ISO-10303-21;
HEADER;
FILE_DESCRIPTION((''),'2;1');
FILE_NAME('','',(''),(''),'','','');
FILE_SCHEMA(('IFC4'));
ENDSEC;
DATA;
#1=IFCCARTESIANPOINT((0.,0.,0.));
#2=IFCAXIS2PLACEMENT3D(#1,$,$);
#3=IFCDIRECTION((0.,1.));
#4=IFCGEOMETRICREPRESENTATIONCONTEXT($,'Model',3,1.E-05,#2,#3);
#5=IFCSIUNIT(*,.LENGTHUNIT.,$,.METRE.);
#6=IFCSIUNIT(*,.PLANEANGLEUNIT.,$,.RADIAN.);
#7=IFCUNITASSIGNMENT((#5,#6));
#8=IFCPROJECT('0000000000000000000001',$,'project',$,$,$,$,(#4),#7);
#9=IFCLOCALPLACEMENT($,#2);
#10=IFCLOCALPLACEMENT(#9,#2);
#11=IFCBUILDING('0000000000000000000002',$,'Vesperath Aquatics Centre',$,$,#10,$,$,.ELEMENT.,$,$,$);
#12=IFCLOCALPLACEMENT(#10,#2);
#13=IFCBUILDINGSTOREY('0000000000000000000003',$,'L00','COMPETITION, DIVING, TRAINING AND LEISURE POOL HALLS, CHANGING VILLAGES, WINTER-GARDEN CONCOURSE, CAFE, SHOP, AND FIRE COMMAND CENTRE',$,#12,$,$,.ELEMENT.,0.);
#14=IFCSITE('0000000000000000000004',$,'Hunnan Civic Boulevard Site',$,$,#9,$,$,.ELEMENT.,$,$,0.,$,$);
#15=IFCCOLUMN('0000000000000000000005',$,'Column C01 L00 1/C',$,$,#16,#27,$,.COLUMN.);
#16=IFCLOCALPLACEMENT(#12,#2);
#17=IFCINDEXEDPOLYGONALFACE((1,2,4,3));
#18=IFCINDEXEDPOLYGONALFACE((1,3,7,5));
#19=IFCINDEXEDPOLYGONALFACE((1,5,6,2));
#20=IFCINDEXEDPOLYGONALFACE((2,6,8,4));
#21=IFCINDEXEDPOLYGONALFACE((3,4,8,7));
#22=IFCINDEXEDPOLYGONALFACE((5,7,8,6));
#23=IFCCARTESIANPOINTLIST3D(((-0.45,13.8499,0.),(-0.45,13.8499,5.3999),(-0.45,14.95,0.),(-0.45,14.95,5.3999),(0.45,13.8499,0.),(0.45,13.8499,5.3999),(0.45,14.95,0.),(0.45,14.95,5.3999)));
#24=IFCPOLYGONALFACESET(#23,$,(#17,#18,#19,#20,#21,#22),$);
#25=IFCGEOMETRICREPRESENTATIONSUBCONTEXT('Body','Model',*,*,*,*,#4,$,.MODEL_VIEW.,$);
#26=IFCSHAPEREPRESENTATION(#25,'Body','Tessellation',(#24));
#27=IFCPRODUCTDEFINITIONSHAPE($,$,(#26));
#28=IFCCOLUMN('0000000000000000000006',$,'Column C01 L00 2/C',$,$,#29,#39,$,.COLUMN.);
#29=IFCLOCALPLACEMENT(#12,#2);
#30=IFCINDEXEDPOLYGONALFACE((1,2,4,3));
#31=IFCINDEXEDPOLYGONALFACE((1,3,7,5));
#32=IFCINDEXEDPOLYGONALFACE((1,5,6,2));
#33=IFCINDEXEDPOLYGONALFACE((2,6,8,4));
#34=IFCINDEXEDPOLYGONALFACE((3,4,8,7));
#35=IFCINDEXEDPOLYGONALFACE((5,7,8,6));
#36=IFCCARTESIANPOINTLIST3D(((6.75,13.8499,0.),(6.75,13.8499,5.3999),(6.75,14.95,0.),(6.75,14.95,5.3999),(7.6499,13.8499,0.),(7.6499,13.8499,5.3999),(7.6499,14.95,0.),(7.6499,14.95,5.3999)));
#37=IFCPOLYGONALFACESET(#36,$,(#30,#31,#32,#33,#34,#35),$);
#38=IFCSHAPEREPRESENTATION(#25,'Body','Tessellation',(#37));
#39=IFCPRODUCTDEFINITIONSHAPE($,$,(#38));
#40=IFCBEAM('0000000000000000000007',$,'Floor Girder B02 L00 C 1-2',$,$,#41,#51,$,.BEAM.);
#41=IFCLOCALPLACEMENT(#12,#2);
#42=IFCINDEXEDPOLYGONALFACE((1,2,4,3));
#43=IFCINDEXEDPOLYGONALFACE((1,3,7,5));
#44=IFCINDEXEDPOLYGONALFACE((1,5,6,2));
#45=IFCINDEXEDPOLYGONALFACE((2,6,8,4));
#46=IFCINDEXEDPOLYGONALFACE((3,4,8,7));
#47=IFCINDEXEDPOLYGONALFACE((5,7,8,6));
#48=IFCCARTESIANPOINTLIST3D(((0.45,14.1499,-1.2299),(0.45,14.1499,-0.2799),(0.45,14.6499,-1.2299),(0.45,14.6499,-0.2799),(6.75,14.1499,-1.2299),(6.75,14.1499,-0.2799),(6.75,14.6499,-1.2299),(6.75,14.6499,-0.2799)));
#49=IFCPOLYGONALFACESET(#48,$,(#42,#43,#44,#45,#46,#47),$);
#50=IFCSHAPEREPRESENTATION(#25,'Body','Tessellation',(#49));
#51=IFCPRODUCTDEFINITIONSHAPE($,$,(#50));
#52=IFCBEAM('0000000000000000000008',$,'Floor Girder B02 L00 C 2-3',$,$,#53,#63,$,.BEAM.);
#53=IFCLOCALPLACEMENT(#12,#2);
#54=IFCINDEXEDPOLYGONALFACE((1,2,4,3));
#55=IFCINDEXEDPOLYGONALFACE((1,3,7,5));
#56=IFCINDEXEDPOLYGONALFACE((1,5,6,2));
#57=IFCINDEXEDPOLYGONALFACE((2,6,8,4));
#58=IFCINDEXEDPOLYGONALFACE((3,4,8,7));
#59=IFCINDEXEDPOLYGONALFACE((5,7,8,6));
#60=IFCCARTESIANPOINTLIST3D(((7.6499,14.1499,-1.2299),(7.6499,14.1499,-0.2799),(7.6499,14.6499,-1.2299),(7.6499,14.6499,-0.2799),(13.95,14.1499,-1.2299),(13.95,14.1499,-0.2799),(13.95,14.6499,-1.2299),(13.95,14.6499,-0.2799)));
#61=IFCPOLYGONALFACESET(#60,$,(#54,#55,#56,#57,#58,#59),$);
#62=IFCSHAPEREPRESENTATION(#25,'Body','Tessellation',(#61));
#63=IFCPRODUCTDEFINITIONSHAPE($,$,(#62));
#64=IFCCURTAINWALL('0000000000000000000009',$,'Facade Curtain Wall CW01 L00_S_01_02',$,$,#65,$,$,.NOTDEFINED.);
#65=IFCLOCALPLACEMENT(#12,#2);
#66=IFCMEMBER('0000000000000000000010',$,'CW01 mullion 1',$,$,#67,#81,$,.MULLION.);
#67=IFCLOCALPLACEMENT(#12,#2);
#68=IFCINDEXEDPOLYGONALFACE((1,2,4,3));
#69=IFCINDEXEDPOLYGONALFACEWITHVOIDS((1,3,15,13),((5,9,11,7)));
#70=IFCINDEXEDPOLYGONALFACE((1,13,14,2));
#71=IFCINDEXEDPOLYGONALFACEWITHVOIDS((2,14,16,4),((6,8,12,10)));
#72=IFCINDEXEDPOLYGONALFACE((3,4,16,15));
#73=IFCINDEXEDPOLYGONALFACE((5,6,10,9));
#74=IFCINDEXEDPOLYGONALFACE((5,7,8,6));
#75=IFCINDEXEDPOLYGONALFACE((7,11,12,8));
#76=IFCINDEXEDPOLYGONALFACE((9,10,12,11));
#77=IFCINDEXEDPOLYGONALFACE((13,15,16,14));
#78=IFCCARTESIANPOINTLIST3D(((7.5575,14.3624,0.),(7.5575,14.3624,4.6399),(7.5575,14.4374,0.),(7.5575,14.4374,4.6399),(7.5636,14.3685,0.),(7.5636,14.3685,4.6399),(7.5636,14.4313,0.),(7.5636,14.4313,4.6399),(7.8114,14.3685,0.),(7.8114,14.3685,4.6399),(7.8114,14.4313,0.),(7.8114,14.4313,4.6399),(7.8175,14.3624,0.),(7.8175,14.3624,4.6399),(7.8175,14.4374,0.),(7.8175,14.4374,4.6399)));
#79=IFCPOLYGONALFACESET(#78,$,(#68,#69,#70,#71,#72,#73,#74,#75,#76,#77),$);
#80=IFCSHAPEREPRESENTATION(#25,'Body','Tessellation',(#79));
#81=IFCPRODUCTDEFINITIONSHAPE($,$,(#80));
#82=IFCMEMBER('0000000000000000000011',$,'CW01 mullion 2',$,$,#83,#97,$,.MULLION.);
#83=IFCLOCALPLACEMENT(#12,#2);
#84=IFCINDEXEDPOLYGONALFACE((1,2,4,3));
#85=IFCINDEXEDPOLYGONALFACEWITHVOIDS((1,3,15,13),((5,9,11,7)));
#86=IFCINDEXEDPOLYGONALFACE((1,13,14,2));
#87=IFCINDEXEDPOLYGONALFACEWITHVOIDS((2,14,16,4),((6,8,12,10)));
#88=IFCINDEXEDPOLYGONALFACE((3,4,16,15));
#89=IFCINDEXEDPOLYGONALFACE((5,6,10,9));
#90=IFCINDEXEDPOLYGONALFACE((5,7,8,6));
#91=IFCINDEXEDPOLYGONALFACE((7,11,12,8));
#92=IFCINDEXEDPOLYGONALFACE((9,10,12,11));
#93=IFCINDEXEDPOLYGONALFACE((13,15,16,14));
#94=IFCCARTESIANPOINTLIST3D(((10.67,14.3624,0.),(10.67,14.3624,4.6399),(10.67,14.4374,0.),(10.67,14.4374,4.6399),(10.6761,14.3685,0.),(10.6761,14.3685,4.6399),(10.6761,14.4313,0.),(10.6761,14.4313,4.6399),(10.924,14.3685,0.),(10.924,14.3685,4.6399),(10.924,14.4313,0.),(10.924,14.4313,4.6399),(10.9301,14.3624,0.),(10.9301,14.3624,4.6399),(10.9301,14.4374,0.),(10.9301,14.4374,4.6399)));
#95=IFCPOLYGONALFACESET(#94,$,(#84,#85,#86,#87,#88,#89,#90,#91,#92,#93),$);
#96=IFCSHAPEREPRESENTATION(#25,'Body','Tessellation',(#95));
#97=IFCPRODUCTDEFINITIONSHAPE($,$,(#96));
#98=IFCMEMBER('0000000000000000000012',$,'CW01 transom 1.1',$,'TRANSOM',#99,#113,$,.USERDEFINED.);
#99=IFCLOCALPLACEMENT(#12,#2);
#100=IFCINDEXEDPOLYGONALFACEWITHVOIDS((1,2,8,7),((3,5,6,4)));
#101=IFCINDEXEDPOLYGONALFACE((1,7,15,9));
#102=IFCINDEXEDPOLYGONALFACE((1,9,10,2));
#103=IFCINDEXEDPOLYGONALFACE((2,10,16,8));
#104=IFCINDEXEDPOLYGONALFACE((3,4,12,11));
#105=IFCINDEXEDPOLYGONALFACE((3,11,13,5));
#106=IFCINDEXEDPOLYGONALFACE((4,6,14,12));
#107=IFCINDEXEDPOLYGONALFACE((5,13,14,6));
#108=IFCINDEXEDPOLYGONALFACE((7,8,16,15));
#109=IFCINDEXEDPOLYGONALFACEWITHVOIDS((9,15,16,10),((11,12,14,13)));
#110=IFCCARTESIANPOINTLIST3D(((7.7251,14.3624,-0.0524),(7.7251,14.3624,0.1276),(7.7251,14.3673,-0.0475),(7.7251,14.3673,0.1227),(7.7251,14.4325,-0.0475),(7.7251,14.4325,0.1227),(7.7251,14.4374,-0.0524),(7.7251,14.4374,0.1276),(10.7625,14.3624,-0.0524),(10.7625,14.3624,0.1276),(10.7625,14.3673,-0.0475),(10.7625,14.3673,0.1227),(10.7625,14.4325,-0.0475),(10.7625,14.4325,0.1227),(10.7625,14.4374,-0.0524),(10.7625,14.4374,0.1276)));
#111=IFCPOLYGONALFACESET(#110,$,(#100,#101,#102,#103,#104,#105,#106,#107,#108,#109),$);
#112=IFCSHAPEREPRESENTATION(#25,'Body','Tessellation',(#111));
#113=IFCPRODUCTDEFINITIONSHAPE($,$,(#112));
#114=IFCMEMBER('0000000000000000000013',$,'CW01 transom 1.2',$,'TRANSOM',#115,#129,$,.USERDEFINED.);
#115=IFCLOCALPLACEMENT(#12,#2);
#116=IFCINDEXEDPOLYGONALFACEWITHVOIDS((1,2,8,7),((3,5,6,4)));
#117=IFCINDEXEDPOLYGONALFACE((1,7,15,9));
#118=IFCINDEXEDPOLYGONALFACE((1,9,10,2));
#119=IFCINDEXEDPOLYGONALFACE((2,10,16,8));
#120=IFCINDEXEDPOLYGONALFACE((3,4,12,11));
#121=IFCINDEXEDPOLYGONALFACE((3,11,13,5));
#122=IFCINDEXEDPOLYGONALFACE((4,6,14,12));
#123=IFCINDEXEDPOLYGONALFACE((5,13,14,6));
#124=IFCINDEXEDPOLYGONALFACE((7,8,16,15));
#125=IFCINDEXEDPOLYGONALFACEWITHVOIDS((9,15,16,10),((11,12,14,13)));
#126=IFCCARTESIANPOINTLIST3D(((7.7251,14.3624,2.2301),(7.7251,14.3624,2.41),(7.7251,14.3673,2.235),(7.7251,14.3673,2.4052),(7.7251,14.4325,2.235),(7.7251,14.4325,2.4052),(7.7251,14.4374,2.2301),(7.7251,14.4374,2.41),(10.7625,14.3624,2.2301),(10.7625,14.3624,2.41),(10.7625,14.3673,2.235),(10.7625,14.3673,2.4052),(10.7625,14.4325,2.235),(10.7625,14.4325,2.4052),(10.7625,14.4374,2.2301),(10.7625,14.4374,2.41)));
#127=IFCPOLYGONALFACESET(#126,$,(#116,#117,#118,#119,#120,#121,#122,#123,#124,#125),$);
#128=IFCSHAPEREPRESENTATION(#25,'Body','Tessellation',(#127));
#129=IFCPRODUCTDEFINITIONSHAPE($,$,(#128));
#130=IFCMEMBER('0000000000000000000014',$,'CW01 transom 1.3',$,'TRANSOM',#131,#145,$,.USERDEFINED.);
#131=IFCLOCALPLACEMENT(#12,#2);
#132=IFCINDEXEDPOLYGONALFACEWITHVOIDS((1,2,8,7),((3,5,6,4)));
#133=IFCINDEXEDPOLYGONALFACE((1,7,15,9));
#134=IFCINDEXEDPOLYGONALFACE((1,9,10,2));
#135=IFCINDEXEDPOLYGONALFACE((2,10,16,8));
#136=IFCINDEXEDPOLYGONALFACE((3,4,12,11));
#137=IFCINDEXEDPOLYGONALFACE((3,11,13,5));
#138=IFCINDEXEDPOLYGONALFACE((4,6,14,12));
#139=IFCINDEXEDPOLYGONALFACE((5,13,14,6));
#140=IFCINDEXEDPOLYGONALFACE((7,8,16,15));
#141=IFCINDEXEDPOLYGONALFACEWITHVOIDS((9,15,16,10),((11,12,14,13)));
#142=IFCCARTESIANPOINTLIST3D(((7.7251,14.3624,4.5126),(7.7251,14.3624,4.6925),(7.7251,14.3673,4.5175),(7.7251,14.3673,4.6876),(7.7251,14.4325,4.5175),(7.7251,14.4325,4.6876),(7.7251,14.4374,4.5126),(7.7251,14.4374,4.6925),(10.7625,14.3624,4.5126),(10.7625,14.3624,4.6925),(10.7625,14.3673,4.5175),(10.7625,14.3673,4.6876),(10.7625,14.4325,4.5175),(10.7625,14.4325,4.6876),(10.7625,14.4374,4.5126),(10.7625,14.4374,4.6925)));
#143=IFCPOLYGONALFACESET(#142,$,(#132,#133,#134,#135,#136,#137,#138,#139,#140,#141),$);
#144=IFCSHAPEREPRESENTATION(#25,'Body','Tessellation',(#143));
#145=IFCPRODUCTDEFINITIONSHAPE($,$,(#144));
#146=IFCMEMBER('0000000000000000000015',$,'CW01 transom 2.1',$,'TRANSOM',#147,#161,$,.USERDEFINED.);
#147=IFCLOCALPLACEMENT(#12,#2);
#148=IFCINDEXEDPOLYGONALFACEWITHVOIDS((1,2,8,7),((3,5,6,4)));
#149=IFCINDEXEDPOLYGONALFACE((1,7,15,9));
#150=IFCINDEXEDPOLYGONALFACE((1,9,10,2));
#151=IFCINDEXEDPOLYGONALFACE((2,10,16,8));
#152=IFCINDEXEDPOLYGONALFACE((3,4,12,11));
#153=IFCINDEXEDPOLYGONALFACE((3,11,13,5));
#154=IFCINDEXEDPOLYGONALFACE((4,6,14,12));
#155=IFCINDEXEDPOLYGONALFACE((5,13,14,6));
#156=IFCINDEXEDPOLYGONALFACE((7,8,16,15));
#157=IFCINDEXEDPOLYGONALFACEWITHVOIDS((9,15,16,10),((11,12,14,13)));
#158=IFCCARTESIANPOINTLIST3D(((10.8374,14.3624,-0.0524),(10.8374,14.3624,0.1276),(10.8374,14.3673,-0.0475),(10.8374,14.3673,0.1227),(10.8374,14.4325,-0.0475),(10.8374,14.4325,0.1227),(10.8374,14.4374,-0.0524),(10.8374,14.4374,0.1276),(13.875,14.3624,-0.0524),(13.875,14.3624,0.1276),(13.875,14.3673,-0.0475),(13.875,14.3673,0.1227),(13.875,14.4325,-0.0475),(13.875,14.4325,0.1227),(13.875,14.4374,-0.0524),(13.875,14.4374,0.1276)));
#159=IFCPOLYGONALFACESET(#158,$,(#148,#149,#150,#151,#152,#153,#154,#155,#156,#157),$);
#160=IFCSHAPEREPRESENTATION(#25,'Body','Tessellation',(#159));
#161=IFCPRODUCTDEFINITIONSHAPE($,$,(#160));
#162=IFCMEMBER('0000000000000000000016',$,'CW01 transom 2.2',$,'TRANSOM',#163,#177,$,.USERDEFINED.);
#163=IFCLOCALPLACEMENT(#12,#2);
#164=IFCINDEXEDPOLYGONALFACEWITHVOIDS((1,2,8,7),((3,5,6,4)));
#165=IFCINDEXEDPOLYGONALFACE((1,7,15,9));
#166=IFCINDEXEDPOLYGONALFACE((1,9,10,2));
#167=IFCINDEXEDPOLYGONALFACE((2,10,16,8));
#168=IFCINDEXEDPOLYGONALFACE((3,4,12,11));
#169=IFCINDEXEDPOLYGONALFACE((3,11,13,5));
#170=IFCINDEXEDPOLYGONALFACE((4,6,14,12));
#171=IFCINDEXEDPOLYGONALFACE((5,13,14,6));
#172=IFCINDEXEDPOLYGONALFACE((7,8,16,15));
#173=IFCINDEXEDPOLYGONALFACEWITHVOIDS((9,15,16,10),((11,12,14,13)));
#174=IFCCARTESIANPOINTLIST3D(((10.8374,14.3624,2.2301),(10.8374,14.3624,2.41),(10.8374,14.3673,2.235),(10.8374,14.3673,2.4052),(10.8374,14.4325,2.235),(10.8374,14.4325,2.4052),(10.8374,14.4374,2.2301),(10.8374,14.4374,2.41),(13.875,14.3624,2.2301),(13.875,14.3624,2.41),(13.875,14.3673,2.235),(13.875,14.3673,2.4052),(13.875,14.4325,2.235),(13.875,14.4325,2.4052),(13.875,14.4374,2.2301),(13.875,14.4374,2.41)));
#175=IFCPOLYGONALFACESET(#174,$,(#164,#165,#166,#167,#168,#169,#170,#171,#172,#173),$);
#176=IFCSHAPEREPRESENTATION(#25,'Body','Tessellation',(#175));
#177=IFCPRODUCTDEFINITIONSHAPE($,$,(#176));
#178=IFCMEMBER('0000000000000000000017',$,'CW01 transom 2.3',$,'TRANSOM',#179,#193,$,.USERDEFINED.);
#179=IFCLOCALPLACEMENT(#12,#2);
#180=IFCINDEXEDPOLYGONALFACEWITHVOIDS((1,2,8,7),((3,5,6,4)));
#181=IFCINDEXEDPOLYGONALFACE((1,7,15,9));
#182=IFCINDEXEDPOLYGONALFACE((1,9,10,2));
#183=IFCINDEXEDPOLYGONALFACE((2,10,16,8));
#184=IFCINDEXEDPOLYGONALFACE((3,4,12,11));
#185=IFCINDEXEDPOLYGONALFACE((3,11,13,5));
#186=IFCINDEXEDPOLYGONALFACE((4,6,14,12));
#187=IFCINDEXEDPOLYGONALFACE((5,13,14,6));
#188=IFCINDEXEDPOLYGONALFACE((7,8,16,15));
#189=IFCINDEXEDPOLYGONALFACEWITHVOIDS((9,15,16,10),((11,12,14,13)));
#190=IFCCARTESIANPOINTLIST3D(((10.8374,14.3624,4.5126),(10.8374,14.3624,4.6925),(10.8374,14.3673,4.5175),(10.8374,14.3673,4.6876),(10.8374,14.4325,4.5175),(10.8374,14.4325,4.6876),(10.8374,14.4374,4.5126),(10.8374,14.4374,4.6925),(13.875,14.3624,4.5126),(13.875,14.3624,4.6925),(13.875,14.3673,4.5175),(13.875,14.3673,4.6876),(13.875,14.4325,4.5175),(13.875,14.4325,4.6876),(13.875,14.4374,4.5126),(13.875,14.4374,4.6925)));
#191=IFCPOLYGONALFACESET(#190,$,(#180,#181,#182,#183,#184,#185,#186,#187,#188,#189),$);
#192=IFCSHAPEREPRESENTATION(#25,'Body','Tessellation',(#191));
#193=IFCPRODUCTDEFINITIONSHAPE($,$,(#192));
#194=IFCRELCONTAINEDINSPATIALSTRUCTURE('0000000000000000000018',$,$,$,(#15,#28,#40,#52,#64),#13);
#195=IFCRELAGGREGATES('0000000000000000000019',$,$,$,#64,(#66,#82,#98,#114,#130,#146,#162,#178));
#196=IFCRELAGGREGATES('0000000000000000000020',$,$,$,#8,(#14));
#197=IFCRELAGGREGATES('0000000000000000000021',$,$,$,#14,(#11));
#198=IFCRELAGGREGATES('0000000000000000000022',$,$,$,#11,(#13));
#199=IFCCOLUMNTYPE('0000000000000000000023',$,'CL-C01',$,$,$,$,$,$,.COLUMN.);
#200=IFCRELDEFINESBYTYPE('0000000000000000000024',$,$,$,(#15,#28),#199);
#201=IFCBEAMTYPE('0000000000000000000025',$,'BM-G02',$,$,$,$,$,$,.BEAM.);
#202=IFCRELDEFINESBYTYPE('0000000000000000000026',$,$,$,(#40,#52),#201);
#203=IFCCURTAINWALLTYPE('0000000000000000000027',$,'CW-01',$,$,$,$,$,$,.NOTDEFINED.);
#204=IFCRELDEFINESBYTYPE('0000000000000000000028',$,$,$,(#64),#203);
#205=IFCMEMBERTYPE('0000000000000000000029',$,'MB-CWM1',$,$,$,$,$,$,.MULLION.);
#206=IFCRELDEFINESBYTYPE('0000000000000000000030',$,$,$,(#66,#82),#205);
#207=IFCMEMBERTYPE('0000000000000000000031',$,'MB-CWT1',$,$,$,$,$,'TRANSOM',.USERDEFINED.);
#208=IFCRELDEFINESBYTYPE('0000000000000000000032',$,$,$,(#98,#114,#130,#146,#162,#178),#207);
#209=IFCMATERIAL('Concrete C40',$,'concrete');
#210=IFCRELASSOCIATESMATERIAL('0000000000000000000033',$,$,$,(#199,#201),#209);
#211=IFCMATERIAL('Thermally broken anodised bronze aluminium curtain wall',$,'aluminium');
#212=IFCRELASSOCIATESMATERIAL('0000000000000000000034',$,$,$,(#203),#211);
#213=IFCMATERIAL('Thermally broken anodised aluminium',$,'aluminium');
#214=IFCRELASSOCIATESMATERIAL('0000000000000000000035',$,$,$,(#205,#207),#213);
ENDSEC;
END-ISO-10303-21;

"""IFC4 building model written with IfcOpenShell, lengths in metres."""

from ifc_helpers import new_model, si_unit, direction, frame, origin, origin_2d, place, context, subcontext, project, spatial, rectangle, hollow_rectangle, extrude, material, material_profile, profile_set, type_object, element, aggregate, save


model = new_model("IFC4")

# Units and contexts
model_context = context("Model", 3, precision=1e-05, world=origin(), true_north=direction((0.0, 1.0)))
body_context = subcontext(model_context, "Body", "Model", "MODEL_VIEW")
ifc_project = project(units=[si_unit("LENGTHUNIT", "METRE"), si_unit("PLANEANGLEUNIT", "RADIAN")], contexts=[model_context])

# Site, building, storey
site_placement = place(None, origin())
site = spatial("IfcSite", under=ifc_project, at=site_placement, Name="Hunnan Civic Boulevard Site", CompositionType="ELEMENT", RefElevation=0.0)
building_placement = place(site_placement, origin())
building = spatial("IfcBuilding", under=site, at=building_placement, Name="Vesperath Aquatics Centre", CompositionType="ELEMENT")
storey_placement = place(building_placement, origin())
storey = spatial("IfcBuildingStorey", under=building, at=storey_placement, Name="L00", Description="COMPETITION, DIVING, TRAINING AND LEISURE POOL HALLS, CHANGING VILLAGES, WINTER-GARDEN CONCOURSE, CAFE, SHOP, AND FIRE COMMAND CENTRE", CompositionType="ELEMENT", Elevation=0.0)

# Columns
ifc_material_1 = material(Name="Concrete C40", Category="concrete")
ifc_material_profile_1 = material_profile(ifc_material_1, rectangle(XDim=0.8999, YDim=1.1001, at=origin_2d()), Name="RC 1100x900")
ifc_profile_set_1 = profile_set([ifc_material_profile_1], Name="Concrete C40")
column_type = type_object("IfcColumnType", Name="CL-C01", PredefinedType="COLUMN", material=ifc_profile_set_1)
for number, where, z_axis, x_axis, name in (
    (1, (0.0, 14.3999, 0.0), (0.0, 0.0, 1.0), (1.0, 0.0, 0.0), "Column C01 L00 1/C"),
    (2, (7.2, 14.3999, 0.0), (0.0, 0.0, 1.0), (1.0, 0.0, 0.0), "Column C01 L00 2/C"),
):
    element("IfcColumn", number, at=place(storey_placement, frame(where, z_axis=z_axis, x_axis=x_axis)), inside=storey, type_object=column_type, Name=name, PredefinedType="COLUMN", context=body_context, shape_type="SweptSolid", body=[
        extrude(rectangle(XDim=0.8999, YDim=1.1001, at=origin_2d()), origin(), (0.0, 0.0, 1.0), 5.3999),
    ])

# Beams
ifc_material_profile_2 = material_profile(ifc_material_1, rectangle(XDim=0.5, YDim=0.95, at=origin_2d()), Name="RC 500x950")
ifc_profile_set_2 = profile_set([ifc_material_profile_2], Name="Concrete C40")
beam_type = type_object("IfcBeamType", Name="BM-G02", PredefinedType="BEAM", material=ifc_profile_set_2)
for number, where, z_axis, x_axis, name in (
    (3, (0.45, 14.3999, -0.7549), (1.0, 0.0, 0.0), (0.0, 1.0, 0.0), "Floor Girder B02 L00 C 1-2"),
    (4, (7.6499, 14.3999, -0.7549), (1.0, 0.0, 0.0), (0.0, 1.0, 0.0), "Floor Girder B02 L00 C 2-3"),
):
    element("IfcBeam", number, at=place(storey_placement, frame(where, z_axis=z_axis, x_axis=x_axis)), inside=storey, type_object=beam_type, Name=name, PredefinedType="BEAM", context=body_context, shape_type="SweptSolid", body=[
        extrude(rectangle(XDim=0.5, YDim=0.95, at=origin_2d()), origin(), (0.0, 0.0, 1.0), 6.3),
    ])

# Curtain wall, members
ifc_material_2 = material(Name="Thermally broken anodised bronze aluminium curtain wall", Category="aluminium")
curtain_wall_type = type_object("IfcCurtainWallType", Name="CW-01", PredefinedType="NOTDEFINED", material=ifc_material_2)
curtain_wall_placement = place(storey_placement, origin())
curtain_wall = element("IfcCurtainWall", 5, at=curtain_wall_placement, inside=storey, type_object=curtain_wall_type, Name="Facade Curtain Wall CW01 L00_S_01_02", PredefinedType="NOTDEFINED")
ifc_material_3 = material(Name="Thermally broken anodised aluminium", Category="aluminium")
ifc_material_profile_3 = material_profile(ifc_material_3, hollow_rectangle(XDim=0.075, YDim=0.26, WallThickness=0.0061, at=origin_2d()), Name="CWM 75x260x6")
ifc_profile_set_3 = profile_set([ifc_material_profile_3], Name="Thermally broken anodised aluminium")
member_type_1 = type_object("IfcMemberType", Name="MB-CWM1", PredefinedType="MULLION", material=ifc_profile_set_3)
member_1_placement = place(storey_placement, frame((7.6875, 14.3999, 0.0), z_axis=(0.0, 0.0, 1.0), x_axis=(0.0, 1.0, 0.0)))
member_1 = element("IfcMember", 6, at=member_1_placement, type_object=member_type_1, Name="CW01 mullion 1", PredefinedType="MULLION", context=body_context, shape_type="SweptSolid", body=[
    extrude(hollow_rectangle(XDim=0.075, YDim=0.26, WallThickness=0.0061, at=origin_2d()), origin(), (0.0, 0.0, 1.0), 4.6399),
])
member_2_placement = place(storey_placement, frame((10.8, 14.3999, 0.0), z_axis=(0.0, 0.0, 1.0), x_axis=(0.0, 1.0, 0.0)))
member_2 = element("IfcMember", 7, at=member_2_placement, type_object=member_type_1, Name="CW01 mullion 2", PredefinedType="MULLION", context=body_context, shape_type="SweptSolid", body=[
    extrude(hollow_rectangle(XDim=0.075, YDim=0.26, WallThickness=0.0061, at=origin_2d()), origin(), (0.0, 0.0, 1.0), 4.6399),
])
ifc_material_profile_4 = material_profile(ifc_material_3, hollow_rectangle(XDim=0.075, YDim=0.1799, WallThickness=0.0049, at=origin_2d()), Name="CWT 75x180x5")
ifc_profile_set_4 = profile_set([ifc_material_profile_4], Name="Thermally broken anodised aluminium")
member_type_2 = type_object("IfcMemberType", Name="MB-CWT1", ElementType="TRANSOM", PredefinedType="USERDEFINED", material=ifc_profile_set_4)
member_3_placement = place(storey_placement, frame((7.7251, 14.3999, 0.0376), z_axis=(1.0, 0.0, 0.0), x_axis=(0.0, 1.0, 0.0)))
member_3 = element("IfcMember", 8, at=member_3_placement, type_object=member_type_2, Name="CW01 transom 1.1", ObjectType="TRANSOM", PredefinedType="USERDEFINED", context=body_context, shape_type="SweptSolid", body=[
    extrude(hollow_rectangle(XDim=0.075, YDim=0.1799, WallThickness=0.0049, at=origin_2d()), origin(), (0.0, 0.0, 1.0), 3.0374),
])
member_4_placement = place(storey_placement, frame((7.7251, 14.3999, 2.3201), z_axis=(1.0, 0.0, 0.0), x_axis=(0.0, 1.0, 0.0)))
member_4 = element("IfcMember", 9, at=member_4_placement, type_object=member_type_2, Name="CW01 transom 1.2", ObjectType="TRANSOM", PredefinedType="USERDEFINED", context=body_context, shape_type="SweptSolid", body=[
    extrude(hollow_rectangle(XDim=0.075, YDim=0.1799, WallThickness=0.0049, at=origin_2d()), origin(), (0.0, 0.0, 1.0), 3.0374),
])
member_5_placement = place(storey_placement, frame((7.7251, 14.3999, 4.6025), z_axis=(1.0, 0.0, 0.0), x_axis=(0.0, 1.0, 0.0)))
member_5 = element("IfcMember", 10, at=member_5_placement, type_object=member_type_2, Name="CW01 transom 1.3", ObjectType="TRANSOM", PredefinedType="USERDEFINED", context=body_context, shape_type="SweptSolid", body=[
    extrude(hollow_rectangle(XDim=0.075, YDim=0.1799, WallThickness=0.0049, at=origin_2d()), origin(), (0.0, 0.0, 1.0), 3.0374),
])
member_6_placement = place(storey_placement, frame((10.8374, 14.3999, 0.0376), z_axis=(1.0, 0.0, 0.0), x_axis=(0.0, 1.0, 0.0)))
member_6 = element("IfcMember", 11, at=member_6_placement, type_object=member_type_2, Name="CW01 transom 2.1", ObjectType="TRANSOM", PredefinedType="USERDEFINED", context=body_context, shape_type="SweptSolid", body=[
    extrude(hollow_rectangle(XDim=0.075, YDim=0.1799, WallThickness=0.0049, at=origin_2d()), origin(), (0.0, 0.0, 1.0), 3.0376),
])
member_7_placement = place(storey_placement, frame((10.8374, 14.3999, 2.3201), z_axis=(1.0, 0.0, 0.0), x_axis=(0.0, 1.0, 0.0)))
member_7 = element("IfcMember", 12, at=member_7_placement, type_object=member_type_2, Name="CW01 transom 2.2", ObjectType="TRANSOM", PredefinedType="USERDEFINED", context=body_context, shape_type="SweptSolid", body=[
    extrude(hollow_rectangle(XDim=0.075, YDim=0.1799, WallThickness=0.0049, at=origin_2d()), origin(), (0.0, 0.0, 1.0), 3.0376),
])
member_8_placement = place(storey_placement, frame((10.8374, 14.3999, 4.6025), z_axis=(1.0, 0.0, 0.0), x_axis=(0.0, 1.0, 0.0)))
member_8 = element("IfcMember", 13, at=member_8_placement, type_object=member_type_2, Name="CW01 transom 2.3", ObjectType="TRANSOM", PredefinedType="USERDEFINED", context=body_context, shape_type="SweptSolid", body=[
    extrude(hollow_rectangle(XDim=0.075, YDim=0.1799, WallThickness=0.0049, at=origin_2d()), origin(), (0.0, 0.0, 1.0), 3.0376),
])
aggregate(curtain_wall, [member_1, member_2, member_3, member_4, member_5, member_6, member_7, member_8])

save(model, "model.ifc")
